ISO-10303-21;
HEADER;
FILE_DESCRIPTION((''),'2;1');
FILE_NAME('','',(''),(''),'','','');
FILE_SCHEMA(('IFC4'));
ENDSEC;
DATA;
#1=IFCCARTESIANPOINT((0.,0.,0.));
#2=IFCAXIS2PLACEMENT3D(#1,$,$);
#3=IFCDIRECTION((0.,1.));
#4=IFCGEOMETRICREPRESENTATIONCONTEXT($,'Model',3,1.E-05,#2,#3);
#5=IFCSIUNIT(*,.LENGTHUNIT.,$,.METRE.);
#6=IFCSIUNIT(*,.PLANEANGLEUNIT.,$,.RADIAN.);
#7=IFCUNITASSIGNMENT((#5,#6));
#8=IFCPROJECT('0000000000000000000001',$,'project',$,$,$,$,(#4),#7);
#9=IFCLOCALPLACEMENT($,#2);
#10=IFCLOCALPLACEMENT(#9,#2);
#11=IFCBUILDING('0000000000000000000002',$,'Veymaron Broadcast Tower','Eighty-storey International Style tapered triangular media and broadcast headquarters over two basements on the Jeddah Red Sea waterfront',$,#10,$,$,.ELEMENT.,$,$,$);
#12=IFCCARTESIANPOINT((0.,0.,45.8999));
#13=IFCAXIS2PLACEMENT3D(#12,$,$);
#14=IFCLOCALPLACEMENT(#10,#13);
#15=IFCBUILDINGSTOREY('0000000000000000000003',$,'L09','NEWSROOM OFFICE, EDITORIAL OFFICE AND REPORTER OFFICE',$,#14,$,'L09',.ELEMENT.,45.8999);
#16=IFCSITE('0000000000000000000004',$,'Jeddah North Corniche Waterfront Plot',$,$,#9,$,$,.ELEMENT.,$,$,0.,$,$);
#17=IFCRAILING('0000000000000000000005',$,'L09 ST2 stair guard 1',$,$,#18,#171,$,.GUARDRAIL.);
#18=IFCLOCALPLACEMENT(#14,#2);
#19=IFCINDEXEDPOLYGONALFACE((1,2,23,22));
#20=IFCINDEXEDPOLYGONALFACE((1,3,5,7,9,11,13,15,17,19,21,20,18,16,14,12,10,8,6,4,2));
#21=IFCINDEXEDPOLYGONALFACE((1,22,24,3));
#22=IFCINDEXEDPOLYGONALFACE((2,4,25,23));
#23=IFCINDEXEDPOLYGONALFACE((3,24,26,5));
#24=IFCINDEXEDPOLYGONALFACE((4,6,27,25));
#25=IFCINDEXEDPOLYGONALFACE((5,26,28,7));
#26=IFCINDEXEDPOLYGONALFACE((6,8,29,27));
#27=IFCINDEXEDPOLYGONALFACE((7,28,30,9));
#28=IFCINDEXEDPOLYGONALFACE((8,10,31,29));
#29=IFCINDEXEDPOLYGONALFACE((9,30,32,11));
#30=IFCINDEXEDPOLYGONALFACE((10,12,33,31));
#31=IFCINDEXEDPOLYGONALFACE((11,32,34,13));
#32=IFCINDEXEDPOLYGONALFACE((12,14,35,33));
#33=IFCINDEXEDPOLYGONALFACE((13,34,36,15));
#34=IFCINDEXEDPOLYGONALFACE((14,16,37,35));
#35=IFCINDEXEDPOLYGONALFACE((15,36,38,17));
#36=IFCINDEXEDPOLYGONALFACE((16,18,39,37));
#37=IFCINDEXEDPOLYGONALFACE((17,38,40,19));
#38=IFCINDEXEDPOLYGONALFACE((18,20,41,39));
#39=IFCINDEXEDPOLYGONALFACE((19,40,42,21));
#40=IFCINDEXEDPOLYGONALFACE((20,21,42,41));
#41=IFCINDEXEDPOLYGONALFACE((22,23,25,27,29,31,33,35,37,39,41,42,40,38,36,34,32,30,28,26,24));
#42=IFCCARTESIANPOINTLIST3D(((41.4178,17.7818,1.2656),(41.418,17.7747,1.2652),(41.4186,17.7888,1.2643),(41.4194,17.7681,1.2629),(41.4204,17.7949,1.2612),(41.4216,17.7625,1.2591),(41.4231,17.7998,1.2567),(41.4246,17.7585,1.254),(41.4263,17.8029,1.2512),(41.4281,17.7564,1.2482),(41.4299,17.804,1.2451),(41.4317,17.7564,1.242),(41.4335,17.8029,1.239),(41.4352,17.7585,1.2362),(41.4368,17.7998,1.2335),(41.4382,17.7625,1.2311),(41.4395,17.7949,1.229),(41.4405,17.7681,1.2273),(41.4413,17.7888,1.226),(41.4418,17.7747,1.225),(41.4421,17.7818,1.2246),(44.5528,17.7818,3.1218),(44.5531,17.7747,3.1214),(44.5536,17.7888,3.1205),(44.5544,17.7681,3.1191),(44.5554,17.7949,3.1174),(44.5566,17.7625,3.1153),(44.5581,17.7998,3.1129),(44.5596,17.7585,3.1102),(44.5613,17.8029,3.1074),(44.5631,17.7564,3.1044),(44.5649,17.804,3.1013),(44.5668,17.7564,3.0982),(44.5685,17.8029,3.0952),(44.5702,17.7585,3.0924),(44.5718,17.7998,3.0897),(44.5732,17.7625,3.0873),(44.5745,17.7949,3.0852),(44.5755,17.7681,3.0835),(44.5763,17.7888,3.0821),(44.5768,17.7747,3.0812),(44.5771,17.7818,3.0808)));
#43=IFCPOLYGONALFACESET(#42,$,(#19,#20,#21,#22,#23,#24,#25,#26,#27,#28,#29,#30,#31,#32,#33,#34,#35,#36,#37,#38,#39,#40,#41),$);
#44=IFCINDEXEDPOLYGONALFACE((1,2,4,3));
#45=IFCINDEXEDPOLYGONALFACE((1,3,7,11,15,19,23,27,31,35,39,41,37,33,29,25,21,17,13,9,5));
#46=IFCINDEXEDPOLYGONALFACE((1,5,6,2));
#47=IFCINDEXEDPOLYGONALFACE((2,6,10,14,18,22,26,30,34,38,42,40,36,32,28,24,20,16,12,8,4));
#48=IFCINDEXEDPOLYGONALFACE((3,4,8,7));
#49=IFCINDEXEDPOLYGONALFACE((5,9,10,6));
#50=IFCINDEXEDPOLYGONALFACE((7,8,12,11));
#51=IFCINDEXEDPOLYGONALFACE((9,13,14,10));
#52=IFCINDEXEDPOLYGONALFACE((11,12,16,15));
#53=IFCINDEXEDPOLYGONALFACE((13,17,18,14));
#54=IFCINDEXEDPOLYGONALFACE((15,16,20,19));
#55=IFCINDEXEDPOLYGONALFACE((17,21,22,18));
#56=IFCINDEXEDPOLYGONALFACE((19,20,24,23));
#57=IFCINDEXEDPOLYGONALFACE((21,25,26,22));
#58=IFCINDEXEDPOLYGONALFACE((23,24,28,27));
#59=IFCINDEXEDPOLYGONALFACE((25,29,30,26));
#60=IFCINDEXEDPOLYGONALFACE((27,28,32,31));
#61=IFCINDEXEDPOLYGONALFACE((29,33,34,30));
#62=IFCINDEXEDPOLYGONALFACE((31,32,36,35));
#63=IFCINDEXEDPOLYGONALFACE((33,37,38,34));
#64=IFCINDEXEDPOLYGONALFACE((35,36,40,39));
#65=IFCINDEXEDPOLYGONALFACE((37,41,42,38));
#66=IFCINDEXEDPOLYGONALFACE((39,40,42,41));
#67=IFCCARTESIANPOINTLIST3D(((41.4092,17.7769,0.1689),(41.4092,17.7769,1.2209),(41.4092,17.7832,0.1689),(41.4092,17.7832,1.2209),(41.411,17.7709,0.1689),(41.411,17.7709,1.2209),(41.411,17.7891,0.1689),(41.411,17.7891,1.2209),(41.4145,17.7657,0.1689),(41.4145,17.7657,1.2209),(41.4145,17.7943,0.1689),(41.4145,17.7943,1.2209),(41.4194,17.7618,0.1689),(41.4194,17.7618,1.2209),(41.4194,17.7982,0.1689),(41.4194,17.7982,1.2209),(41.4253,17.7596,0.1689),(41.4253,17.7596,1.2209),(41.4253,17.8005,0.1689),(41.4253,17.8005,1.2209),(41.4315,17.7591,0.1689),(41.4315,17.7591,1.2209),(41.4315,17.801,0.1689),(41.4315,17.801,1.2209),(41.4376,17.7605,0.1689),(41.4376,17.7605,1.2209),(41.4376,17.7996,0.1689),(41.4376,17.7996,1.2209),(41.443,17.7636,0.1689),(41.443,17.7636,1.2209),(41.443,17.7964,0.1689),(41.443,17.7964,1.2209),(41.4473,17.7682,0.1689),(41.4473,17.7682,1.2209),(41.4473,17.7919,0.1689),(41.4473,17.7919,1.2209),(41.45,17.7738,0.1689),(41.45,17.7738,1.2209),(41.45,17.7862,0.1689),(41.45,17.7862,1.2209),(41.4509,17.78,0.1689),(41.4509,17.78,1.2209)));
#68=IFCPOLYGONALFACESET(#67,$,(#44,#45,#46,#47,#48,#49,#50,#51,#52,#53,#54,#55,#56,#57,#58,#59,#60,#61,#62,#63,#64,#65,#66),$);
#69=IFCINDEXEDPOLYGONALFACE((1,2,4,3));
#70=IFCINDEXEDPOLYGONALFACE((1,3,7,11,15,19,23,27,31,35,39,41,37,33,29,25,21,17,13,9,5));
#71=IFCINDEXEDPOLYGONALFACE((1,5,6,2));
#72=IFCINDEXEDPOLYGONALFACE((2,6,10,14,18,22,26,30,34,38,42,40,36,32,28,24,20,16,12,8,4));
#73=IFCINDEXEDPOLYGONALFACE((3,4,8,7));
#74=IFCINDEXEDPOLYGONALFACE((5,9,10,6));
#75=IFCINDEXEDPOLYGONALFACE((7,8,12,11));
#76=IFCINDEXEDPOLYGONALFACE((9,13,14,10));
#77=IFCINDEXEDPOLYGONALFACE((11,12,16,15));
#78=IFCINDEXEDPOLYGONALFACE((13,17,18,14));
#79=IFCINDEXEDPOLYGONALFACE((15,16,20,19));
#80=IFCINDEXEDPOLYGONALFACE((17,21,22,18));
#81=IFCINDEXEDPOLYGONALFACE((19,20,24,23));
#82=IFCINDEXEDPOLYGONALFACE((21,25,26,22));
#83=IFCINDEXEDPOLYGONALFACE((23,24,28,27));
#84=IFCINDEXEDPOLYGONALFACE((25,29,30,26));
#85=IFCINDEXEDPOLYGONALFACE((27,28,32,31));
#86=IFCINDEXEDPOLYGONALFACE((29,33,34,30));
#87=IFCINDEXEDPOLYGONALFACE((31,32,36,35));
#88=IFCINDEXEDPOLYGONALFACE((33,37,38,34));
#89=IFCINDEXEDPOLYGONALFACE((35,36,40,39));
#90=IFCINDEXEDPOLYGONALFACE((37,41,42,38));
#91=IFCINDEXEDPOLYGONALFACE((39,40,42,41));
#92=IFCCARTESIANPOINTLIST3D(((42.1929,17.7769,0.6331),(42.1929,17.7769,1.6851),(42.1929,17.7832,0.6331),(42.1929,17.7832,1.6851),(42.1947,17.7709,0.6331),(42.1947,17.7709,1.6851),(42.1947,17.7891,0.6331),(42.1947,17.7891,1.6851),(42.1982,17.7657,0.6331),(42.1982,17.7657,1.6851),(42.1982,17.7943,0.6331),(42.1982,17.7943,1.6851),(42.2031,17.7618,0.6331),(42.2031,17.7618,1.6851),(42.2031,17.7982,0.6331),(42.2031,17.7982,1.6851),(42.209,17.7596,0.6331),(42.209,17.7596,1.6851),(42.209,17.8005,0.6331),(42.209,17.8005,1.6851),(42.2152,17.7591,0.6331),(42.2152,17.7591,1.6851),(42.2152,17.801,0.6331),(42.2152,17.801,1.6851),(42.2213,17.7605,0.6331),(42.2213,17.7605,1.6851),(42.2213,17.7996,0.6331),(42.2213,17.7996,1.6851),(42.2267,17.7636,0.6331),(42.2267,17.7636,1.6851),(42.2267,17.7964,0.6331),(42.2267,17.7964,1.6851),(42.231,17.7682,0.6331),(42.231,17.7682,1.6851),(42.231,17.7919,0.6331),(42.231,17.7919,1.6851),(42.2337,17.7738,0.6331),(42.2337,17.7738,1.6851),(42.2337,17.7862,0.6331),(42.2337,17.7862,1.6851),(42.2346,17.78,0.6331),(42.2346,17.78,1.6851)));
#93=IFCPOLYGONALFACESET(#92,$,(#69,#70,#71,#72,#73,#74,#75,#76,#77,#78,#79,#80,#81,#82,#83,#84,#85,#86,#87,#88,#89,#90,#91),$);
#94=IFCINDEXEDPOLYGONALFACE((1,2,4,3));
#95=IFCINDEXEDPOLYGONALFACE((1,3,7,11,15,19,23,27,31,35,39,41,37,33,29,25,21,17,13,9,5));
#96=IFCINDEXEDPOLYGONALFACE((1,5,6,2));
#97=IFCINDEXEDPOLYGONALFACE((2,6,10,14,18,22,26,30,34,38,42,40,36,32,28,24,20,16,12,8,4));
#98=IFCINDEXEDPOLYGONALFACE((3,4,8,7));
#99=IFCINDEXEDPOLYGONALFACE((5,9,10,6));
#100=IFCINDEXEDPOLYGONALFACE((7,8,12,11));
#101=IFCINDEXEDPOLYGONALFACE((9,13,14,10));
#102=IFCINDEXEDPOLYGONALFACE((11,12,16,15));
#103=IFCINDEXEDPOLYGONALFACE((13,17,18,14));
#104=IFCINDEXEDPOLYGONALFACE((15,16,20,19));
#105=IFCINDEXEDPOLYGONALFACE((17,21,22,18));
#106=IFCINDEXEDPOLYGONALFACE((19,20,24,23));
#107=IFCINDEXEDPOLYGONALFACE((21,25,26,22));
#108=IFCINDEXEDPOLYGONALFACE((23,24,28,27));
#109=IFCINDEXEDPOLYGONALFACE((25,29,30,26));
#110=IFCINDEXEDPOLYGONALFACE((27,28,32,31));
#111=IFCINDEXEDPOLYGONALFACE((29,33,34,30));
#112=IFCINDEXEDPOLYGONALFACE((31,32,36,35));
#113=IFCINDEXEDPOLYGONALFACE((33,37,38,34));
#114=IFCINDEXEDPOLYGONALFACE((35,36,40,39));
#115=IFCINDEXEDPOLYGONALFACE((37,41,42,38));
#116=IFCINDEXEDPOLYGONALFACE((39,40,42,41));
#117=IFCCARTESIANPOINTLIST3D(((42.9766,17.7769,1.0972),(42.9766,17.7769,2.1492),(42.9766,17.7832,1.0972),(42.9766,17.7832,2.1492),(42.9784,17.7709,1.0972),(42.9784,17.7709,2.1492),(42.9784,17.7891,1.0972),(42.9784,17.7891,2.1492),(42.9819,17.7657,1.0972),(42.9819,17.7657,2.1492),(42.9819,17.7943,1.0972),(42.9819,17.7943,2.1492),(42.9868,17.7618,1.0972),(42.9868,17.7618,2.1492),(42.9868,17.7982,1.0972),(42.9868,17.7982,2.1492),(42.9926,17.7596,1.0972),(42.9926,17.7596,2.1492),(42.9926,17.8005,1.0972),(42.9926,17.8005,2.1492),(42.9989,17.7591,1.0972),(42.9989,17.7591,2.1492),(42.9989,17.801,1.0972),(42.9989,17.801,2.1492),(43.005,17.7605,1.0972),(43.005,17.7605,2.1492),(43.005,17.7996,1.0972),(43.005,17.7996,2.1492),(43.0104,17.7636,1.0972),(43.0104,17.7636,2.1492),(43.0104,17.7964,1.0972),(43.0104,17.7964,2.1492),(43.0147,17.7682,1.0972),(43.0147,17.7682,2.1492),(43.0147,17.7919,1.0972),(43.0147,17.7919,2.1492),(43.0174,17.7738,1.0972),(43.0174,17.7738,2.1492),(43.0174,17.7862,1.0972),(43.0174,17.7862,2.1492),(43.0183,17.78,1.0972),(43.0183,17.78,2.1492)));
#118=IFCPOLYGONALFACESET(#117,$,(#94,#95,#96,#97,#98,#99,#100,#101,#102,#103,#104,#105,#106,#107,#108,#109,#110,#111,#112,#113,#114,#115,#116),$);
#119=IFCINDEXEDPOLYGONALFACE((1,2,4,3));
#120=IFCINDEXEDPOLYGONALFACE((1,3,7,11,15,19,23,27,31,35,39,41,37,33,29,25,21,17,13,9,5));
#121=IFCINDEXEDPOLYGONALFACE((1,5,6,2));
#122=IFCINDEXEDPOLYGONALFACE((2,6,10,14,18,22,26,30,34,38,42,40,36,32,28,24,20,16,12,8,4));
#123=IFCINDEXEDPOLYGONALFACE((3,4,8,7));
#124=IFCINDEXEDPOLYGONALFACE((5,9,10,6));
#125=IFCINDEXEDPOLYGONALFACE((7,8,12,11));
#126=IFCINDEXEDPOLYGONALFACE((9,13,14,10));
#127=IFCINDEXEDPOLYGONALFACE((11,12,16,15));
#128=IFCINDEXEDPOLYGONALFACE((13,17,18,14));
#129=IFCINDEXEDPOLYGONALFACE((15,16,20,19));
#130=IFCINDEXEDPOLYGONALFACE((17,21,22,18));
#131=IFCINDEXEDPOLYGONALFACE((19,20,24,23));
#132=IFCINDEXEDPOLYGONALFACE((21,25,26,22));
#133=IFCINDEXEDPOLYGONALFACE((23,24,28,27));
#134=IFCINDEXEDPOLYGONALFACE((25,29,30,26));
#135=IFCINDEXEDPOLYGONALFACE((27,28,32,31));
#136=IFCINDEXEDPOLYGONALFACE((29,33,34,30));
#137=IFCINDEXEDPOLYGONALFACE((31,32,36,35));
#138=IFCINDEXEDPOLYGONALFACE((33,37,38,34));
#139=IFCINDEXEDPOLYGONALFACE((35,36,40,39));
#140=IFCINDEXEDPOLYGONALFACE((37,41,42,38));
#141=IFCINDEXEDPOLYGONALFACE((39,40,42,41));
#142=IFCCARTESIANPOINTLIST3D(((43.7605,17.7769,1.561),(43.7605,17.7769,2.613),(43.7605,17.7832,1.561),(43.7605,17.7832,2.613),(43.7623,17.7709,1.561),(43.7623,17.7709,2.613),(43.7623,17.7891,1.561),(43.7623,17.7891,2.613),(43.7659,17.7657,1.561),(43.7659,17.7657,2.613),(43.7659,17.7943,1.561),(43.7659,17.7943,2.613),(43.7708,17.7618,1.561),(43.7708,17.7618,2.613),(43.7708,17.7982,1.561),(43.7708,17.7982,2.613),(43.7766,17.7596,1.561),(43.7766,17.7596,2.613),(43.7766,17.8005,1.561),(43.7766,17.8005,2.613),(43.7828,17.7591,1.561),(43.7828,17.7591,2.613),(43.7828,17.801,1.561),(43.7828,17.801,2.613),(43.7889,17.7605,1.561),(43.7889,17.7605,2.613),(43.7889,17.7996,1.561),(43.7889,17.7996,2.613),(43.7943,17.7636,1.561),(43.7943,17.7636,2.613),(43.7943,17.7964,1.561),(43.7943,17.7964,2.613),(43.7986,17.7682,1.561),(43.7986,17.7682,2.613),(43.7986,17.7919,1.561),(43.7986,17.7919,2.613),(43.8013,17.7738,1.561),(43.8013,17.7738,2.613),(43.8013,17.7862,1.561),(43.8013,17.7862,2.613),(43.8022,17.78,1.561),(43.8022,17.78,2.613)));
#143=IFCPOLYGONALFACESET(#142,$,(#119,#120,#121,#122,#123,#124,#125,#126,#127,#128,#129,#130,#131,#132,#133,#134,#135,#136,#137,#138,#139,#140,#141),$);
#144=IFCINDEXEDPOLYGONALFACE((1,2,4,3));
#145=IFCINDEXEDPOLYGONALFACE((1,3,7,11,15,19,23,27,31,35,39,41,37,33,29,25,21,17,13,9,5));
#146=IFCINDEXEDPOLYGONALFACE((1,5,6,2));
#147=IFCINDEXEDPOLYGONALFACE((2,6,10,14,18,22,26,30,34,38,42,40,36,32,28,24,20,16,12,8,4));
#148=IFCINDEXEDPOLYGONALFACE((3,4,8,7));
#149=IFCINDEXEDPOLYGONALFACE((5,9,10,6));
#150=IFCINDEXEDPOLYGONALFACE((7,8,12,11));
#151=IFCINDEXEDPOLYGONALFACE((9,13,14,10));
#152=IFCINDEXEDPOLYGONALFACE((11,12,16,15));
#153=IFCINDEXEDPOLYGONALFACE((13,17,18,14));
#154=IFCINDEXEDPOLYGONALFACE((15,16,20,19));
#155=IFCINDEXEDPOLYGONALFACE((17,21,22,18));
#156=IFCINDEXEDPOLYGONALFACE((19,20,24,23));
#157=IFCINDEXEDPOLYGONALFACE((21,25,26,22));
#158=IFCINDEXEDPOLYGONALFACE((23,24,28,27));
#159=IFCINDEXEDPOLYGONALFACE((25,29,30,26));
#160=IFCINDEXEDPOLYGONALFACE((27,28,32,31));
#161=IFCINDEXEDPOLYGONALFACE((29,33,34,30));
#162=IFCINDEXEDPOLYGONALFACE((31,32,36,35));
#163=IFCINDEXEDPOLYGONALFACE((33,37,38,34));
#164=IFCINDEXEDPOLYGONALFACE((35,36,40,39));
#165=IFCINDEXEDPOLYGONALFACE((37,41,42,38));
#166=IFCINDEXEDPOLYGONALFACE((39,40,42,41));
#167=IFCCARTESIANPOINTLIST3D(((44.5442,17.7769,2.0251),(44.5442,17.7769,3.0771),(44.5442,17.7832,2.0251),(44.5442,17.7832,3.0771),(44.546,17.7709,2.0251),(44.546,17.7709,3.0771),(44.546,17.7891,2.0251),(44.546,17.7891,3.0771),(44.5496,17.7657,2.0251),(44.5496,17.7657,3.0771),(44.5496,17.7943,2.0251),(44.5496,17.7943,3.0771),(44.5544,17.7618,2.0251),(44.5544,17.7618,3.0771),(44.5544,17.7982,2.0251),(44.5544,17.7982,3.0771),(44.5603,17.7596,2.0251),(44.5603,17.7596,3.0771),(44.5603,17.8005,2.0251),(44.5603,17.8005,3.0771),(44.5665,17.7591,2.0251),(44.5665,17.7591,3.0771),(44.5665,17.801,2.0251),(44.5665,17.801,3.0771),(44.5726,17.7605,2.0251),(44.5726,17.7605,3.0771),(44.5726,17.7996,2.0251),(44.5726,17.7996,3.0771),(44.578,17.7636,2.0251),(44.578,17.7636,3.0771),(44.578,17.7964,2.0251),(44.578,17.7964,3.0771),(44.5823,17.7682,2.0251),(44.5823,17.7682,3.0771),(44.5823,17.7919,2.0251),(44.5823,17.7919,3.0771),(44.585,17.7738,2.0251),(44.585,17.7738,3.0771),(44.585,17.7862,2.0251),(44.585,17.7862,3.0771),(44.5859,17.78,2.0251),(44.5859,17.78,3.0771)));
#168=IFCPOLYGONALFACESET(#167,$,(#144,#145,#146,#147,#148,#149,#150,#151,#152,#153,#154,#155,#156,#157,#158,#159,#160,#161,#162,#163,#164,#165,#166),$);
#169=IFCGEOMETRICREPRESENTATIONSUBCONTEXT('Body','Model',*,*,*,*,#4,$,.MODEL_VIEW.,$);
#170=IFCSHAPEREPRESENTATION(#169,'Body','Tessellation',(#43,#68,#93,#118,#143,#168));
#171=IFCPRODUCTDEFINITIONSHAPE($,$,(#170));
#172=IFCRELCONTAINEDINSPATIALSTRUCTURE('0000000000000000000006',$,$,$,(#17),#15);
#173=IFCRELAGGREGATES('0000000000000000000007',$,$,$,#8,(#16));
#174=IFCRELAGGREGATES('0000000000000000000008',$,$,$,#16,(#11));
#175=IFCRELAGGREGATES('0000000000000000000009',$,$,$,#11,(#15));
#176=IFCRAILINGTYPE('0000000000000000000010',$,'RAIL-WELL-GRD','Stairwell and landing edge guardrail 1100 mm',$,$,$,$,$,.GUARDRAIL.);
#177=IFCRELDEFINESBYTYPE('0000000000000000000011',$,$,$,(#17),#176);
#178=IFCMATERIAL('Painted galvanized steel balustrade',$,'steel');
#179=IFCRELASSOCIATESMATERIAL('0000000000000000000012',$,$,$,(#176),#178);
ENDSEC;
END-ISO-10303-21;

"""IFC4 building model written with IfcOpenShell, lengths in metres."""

from ifc_helpers import new_model, si_unit, direction, frame, origin, origin_2d, place, context, subcontext, project, spatial, circle, extrude, material, type_object, element, save


model = new_model("IFC4")

# Units and contexts
model_context = context("Model", 3, precision=1e-05, world=origin(), true_north=direction((0.0, 1.0)))
body_context = subcontext(model_context, "Body", "Model", "MODEL_VIEW")
ifc_project = project(units=[si_unit("LENGTHUNIT", "METRE"), si_unit("PLANEANGLEUNIT", "RADIAN")], contexts=[model_context])

# Site, building, storey
site_placement = place(None, origin())
site = spatial("IfcSite", under=ifc_project, at=site_placement, Name="Jeddah North Corniche Waterfront Plot", CompositionType="ELEMENT", RefElevation=0.0)
building_placement = place(site_placement, origin())
building = spatial("IfcBuilding", under=site, at=building_placement, Name="Veymaron Broadcast Tower", Description="Eighty-storey International Style tapered triangular media and broadcast headquarters over two basements on the Jeddah Red Sea waterfront", CompositionType="ELEMENT")
storey_placement = place(building_placement, frame((0.0, 0.0, 45.8999)))
storey = spatial("IfcBuildingStorey", under=building, at=storey_placement, Name="L09", Description="NEWSROOM OFFICE, EDITORIAL OFFICE AND REPORTER OFFICE", LongName="L09", CompositionType="ELEMENT", Elevation=45.8999)

# Railing
ifc_material_1 = material(Name="Painted galvanized steel balustrade", Category="steel")
railing_type_1 = type_object("IfcRailingType", Name="RAIL-WELL-GRD", Description="Stairwell and landing edge guardrail 1100 mm", PredefinedType="GUARDRAIL", material=ifc_material_1)
railing_1_placement = place(storey_placement, frame((41.4299, 17.78, 0.1689)))
element("IfcRailing", 1, at=railing_1_placement, inside=storey, type_object=railing_type_1, Name="L09 ST2 stair guard 1", PredefinedType="GUARDRAIL", context=body_context, shape_type="SweptSolid", body=[
    extrude(circle(Radius=0.0239, at=origin_2d()), frame((0.0, 0.0, 1.0762), z_axis=(0.860482, 0.0, 0.509481), x_axis=(0.0, 1.0, 0.0)), (0.0, 0.0, 1.0), 3.6433),
    extrude(circle(Radius=0.021, at=origin_2d()), origin(), (0.0, 0.0, 1.0), 1.052),
    extrude(circle(Radius=0.021, at=origin_2d()), frame((0.7837, 0.0, 0.4641)), (0.0, 0.0, 1.0), 1.052),
    extrude(circle(Radius=0.021, at=origin_2d()), frame((1.5674, 0.0, 0.9282)), (0.0, 0.0, 1.0), 1.052),
    extrude(circle(Radius=0.021, at=origin_2d()), frame((2.3513, 0.0, 1.3921)), (0.0, 0.0, 1.0), 1.052),
    extrude(circle(Radius=0.021, at=origin_2d()), frame((3.135, 0.0, 1.8562)), (0.0, 0.0, 1.0), 1.052),
])

save(model, "model.ifc")
